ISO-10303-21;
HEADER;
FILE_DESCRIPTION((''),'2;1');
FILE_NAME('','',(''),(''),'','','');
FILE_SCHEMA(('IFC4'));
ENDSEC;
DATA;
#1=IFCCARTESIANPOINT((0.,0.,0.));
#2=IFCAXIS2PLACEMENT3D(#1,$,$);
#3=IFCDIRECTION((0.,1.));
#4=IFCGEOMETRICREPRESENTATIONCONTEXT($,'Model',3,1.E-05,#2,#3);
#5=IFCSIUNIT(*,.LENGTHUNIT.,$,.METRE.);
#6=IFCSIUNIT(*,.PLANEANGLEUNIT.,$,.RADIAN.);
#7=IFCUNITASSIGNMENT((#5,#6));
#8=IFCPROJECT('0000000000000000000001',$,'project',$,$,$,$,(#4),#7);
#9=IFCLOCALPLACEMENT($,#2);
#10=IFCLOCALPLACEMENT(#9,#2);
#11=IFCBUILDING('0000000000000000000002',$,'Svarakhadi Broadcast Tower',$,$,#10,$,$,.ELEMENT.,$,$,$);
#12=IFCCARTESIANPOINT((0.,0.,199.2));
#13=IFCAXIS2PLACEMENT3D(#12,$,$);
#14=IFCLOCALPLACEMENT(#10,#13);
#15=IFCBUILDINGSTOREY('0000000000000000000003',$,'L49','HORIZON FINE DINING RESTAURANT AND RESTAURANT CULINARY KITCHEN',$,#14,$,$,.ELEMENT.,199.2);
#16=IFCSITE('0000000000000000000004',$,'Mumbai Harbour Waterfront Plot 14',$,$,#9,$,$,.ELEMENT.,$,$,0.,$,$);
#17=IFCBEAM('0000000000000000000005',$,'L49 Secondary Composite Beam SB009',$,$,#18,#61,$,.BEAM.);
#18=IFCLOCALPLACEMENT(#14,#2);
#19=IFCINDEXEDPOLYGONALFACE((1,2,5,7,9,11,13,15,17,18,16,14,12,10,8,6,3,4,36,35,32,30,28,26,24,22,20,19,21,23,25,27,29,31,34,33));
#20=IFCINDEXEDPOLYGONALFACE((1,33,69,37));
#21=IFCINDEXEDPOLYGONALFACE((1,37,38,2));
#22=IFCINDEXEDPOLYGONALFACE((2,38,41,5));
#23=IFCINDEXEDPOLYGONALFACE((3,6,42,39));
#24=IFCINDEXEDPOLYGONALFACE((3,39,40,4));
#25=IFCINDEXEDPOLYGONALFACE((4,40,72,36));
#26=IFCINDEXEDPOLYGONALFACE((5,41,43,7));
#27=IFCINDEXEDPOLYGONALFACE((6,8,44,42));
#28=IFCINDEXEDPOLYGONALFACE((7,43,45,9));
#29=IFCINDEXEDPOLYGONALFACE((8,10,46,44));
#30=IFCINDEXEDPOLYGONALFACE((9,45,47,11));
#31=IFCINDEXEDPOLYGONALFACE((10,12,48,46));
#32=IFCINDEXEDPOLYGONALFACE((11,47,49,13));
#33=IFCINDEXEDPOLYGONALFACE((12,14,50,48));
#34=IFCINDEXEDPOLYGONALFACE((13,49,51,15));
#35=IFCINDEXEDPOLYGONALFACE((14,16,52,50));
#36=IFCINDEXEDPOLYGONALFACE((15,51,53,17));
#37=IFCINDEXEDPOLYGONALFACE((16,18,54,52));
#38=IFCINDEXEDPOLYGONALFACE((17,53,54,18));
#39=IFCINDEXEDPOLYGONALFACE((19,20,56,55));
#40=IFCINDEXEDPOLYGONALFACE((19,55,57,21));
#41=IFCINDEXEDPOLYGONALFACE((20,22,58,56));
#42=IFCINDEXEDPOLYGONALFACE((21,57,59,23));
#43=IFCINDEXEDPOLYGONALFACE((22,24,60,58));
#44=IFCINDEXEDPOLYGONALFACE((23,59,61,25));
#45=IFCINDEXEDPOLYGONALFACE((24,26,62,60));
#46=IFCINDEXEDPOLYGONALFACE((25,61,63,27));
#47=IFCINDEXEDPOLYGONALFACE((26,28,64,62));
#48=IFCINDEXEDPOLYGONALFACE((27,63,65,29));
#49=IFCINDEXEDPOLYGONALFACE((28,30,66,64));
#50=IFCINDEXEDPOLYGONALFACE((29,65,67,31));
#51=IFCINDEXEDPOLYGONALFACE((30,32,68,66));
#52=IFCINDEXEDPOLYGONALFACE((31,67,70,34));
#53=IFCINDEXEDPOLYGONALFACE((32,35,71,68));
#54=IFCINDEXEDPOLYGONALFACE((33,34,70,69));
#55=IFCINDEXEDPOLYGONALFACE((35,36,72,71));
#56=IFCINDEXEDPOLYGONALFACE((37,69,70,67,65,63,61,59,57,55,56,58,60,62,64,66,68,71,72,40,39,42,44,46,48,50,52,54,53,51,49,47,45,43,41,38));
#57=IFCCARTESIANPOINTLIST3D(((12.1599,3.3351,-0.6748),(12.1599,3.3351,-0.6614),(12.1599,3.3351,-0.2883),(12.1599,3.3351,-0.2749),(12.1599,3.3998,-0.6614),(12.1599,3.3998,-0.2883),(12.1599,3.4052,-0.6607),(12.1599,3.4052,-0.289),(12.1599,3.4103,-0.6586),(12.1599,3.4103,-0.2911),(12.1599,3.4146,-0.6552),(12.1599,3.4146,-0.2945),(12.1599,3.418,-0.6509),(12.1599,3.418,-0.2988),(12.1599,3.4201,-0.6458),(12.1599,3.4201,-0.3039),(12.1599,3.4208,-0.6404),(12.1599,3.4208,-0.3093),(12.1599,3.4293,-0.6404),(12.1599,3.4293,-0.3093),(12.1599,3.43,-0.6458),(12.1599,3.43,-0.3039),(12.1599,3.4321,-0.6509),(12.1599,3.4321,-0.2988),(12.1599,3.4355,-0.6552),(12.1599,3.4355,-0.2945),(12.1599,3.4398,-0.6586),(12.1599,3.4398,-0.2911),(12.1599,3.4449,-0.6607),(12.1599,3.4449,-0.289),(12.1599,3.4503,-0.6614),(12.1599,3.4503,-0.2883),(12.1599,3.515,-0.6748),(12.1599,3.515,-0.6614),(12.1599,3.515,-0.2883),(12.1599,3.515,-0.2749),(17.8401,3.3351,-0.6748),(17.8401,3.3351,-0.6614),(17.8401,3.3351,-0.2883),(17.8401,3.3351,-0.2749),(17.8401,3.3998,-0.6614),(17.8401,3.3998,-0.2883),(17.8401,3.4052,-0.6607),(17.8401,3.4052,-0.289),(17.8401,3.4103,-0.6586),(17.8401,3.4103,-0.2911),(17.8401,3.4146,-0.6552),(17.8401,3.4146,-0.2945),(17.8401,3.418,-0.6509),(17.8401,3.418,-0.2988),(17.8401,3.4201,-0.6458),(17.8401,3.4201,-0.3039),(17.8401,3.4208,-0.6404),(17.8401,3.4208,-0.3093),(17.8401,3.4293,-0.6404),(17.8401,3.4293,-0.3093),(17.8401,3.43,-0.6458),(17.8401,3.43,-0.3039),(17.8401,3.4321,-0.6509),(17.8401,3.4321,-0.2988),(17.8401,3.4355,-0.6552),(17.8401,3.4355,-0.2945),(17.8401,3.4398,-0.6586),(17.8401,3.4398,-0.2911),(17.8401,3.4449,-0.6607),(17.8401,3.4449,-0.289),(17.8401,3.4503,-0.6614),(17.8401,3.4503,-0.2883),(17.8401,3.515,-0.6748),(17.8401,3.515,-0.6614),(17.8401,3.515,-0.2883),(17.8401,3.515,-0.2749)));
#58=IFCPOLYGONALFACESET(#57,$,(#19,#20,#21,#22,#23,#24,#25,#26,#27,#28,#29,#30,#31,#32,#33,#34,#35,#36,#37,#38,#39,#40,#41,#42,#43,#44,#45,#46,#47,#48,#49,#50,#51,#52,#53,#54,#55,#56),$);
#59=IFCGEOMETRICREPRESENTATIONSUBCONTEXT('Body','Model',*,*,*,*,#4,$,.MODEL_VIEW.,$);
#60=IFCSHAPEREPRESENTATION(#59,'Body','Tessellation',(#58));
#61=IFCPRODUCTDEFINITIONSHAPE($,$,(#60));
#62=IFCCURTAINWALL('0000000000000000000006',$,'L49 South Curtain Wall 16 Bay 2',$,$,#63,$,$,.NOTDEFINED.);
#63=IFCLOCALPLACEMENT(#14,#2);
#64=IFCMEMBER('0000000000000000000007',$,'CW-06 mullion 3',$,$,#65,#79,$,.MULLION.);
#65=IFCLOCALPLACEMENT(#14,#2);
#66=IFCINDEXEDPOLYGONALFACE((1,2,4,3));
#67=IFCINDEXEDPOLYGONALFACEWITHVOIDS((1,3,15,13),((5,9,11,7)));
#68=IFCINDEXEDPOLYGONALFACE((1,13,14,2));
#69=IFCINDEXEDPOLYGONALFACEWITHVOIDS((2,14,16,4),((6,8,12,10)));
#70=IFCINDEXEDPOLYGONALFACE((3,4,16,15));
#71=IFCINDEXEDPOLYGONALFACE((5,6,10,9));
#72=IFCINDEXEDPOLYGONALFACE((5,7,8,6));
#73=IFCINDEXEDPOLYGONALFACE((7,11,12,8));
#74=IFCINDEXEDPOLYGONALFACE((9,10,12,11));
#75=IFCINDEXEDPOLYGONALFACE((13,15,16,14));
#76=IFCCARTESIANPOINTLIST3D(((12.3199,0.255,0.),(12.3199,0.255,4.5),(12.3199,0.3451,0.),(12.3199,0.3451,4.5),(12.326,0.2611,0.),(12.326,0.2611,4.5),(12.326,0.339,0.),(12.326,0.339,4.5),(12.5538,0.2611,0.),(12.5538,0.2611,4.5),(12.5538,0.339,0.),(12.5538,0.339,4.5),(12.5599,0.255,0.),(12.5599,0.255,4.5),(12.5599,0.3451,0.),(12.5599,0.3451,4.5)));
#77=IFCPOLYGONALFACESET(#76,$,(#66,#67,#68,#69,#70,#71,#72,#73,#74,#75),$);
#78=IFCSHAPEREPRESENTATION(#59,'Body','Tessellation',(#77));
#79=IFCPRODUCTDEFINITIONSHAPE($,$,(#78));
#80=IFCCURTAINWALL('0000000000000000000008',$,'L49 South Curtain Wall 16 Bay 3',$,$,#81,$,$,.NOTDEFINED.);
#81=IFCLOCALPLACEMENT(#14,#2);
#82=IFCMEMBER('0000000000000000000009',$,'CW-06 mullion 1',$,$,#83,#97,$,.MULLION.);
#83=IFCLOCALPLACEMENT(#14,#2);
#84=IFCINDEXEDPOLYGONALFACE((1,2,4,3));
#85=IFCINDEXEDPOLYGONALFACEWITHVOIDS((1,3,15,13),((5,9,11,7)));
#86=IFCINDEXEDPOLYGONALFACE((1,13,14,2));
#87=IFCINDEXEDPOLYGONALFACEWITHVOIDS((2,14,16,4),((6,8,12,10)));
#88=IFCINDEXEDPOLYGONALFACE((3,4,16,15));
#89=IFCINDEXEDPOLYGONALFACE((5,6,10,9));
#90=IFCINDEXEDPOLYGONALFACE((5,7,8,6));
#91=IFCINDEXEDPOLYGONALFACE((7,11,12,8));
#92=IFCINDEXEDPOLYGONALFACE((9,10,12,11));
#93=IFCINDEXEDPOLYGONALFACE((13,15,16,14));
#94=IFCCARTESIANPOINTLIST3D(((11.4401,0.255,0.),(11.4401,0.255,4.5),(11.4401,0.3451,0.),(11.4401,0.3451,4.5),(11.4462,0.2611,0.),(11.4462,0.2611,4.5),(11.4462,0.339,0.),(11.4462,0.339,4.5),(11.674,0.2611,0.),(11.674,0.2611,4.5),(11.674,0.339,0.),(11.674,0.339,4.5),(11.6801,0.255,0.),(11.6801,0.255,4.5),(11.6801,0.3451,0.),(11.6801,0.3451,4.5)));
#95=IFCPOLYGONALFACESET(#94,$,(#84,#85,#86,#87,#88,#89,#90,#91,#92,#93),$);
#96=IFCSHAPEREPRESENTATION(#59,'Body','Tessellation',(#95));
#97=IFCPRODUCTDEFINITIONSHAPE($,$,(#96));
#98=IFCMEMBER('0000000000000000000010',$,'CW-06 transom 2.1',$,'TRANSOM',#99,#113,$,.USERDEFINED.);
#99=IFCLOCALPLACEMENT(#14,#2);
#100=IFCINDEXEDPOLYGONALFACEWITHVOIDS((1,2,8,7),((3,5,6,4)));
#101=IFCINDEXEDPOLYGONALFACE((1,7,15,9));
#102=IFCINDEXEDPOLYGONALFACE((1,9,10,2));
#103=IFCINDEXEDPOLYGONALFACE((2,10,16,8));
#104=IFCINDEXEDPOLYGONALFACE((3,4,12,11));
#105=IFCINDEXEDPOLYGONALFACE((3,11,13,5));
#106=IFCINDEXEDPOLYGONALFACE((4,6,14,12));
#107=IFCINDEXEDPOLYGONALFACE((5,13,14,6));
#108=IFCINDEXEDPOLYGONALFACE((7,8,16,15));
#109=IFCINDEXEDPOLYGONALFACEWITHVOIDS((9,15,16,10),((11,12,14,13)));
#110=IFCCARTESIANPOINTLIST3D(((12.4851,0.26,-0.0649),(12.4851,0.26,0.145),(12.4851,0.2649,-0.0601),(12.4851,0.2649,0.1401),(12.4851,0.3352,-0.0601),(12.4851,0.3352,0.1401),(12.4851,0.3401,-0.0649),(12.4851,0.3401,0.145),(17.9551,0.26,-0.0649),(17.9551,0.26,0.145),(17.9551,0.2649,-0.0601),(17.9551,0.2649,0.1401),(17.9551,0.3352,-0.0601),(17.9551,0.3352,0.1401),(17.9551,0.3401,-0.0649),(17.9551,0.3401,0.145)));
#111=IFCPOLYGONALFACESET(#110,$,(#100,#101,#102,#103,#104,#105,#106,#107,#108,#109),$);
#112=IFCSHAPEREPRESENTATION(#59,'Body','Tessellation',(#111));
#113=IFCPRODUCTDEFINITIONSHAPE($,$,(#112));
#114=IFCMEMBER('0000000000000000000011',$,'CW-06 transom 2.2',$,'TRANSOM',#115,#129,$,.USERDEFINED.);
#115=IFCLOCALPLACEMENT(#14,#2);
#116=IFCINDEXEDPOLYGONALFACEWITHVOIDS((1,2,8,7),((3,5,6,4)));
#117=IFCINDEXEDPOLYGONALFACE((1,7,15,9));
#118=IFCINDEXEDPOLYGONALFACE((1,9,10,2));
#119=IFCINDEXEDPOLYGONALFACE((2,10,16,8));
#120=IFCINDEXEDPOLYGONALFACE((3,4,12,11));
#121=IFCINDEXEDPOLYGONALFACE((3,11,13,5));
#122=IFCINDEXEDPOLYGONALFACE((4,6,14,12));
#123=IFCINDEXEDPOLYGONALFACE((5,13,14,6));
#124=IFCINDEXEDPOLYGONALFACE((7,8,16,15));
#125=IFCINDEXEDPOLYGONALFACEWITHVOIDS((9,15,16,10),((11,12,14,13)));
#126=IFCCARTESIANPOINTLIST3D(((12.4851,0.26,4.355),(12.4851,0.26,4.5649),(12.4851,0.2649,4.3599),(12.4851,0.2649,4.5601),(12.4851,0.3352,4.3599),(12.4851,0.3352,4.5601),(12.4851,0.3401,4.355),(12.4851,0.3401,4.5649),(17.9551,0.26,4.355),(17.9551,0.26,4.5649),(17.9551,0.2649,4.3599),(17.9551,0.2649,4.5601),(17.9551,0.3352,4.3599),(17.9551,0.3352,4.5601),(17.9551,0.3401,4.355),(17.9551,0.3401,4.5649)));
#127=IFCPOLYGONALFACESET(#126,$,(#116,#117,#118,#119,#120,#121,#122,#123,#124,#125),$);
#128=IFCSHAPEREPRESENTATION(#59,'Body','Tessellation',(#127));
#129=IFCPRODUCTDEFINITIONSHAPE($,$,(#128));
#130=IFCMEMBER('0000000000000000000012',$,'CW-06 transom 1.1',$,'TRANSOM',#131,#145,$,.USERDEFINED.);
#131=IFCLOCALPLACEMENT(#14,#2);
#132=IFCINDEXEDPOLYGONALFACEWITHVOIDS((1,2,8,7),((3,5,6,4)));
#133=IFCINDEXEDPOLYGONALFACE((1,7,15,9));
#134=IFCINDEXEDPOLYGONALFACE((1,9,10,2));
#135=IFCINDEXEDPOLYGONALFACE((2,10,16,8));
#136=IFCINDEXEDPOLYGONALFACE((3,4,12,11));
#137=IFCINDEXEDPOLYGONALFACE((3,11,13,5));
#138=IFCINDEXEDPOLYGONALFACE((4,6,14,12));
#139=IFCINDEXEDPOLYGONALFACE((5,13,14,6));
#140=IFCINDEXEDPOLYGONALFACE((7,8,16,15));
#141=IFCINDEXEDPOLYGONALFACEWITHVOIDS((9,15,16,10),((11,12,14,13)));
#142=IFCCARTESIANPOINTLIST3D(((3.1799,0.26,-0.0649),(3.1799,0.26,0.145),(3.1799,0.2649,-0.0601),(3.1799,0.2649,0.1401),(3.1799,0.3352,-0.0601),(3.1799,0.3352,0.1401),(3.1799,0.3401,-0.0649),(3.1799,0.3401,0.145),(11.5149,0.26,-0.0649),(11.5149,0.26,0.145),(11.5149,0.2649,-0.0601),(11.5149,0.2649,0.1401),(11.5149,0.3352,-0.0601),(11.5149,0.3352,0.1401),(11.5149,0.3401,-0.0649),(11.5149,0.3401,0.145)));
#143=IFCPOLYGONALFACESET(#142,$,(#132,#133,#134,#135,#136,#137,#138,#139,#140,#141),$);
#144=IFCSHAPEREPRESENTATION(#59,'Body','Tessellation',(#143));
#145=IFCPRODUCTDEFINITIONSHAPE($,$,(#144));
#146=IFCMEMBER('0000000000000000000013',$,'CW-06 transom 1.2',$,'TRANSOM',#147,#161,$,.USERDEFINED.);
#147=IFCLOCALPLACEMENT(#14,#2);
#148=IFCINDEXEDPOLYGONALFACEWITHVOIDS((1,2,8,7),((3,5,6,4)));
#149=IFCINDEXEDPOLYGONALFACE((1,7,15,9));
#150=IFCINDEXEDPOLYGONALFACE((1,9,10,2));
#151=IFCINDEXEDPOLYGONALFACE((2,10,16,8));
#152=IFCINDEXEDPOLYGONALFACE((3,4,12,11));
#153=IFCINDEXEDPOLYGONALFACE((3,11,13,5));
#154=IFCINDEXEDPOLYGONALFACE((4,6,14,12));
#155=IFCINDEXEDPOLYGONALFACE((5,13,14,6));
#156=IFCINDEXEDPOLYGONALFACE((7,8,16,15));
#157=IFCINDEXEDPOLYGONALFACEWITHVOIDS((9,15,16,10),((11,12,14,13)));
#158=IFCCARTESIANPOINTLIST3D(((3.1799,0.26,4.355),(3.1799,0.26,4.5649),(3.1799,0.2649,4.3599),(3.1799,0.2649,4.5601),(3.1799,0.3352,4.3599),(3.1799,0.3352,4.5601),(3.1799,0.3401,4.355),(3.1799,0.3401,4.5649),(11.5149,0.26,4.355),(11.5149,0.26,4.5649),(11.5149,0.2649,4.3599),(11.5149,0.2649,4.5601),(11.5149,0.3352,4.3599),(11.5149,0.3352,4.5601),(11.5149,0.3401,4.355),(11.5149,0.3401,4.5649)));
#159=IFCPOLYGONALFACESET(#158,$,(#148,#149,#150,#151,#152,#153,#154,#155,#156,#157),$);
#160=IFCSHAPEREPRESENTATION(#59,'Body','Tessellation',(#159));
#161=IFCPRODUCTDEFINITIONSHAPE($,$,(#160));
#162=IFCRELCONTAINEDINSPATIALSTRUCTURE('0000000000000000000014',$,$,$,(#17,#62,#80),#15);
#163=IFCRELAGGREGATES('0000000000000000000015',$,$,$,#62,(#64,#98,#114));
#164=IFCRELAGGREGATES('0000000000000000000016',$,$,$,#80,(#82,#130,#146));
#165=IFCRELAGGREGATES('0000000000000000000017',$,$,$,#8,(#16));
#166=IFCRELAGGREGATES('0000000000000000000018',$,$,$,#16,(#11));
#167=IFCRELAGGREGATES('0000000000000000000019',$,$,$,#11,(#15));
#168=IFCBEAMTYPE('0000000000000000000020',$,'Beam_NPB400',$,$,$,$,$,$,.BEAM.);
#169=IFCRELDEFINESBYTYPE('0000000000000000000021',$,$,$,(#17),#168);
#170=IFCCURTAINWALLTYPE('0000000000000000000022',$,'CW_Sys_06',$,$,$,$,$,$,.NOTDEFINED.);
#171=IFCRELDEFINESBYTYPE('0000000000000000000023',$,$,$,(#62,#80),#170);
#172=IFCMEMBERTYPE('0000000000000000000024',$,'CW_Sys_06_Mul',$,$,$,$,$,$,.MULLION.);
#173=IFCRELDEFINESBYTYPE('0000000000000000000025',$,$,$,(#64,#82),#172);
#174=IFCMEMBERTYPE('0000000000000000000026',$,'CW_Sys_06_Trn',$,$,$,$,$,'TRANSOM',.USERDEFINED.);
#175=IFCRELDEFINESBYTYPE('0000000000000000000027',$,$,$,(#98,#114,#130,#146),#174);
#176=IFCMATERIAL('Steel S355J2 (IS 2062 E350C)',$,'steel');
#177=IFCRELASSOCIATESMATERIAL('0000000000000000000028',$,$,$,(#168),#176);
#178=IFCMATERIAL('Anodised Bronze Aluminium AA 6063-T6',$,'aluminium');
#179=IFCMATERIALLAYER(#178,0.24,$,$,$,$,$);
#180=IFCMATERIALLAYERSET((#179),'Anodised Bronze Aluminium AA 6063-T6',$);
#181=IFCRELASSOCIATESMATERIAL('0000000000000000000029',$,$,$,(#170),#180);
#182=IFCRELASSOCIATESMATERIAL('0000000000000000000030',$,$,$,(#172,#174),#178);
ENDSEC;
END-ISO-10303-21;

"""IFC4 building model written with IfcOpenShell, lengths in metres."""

from ifc_helpers import new_model, si_unit, direction, frame, origin, origin_2d, place, context, subcontext, project, spatial, hollow_rectangle, i_section, extrude, material, layer, layer_set, material_profile, profile_set, type_object, element, aggregate, save


model = new_model("IFC4")

# Units and contexts
model_context = context("Model", 3, precision=1e-05, world=origin(), true_north=direction((0.0, 1.0)))
body_context = subcontext(model_context, "Body", "Model", "MODEL_VIEW")
ifc_project = project(units=[si_unit("LENGTHUNIT", "METRE"), si_unit("PLANEANGLEUNIT", "RADIAN")], contexts=[model_context])

# Site, building, storey
site_placement = place(None, origin())
site = spatial("IfcSite", under=ifc_project, at=site_placement, Name="Mumbai Harbour Waterfront Plot 14", CompositionType="ELEMENT", RefElevation=0.0)
building_placement = place(site_placement, origin())
building = spatial("IfcBuilding", under=site, at=building_placement, Name="Svarakhadi Broadcast Tower", CompositionType="ELEMENT")
storey_placement = place(building_placement, frame((0.0, 0.0, 199.2)))
storey = spatial("IfcBuildingStorey", under=building, at=storey_placement, Name="L49", Description="HORIZON FINE DINING RESTAURANT AND RESTAURANT CULINARY KITCHEN", CompositionType="ELEMENT", Elevation=199.2)

# Beam
ifc_material_1 = material(Name="Steel S355J2 (IS 2062 E350C)", Category="steel")
ifc_material_profile_1 = material_profile(ifc_material_1, i_section(OverallWidth=0.1799, OverallDepth=0.3999, WebThickness=0.0085, FlangeThickness=0.0134, FilletRadius=0.021, at=origin_2d()), Name="NPB 400x180x66")
ifc_profile_set_1 = profile_set([ifc_material_profile_1], Name="Steel S355J2 (IS 2062 E350C)")
beam_type_1 = type_object("IfcBeamType", Name="Beam_NPB400", PredefinedType="BEAM", material=ifc_profile_set_1)
for number, where, z_axis, x_axis, name in (
    (1, (12.1599, 3.425, -0.4749), (1.0, 0.0, 0.0), (0.0, 1.0, 0.0), "L49 Secondary Composite Beam SB009"),
):
    element("IfcBeam", number, at=place(storey_placement, frame(where, z_axis=z_axis, x_axis=x_axis)), inside=storey, type_object=beam_type_1, Name=name, PredefinedType="BEAM", context=body_context, shape_type="SweptSolid", body=[
        extrude(i_section(OverallWidth=0.1799, OverallDepth=0.3999, WebThickness=0.0085, FlangeThickness=0.0134, FilletRadius=0.021, at=origin_2d()), origin(), (0.0, 0.0, 1.0), 5.6802),
    ])

# Curtain walls, members
ifc_material_2 = material(Name="Anodised Bronze Aluminium AA 6063-T6", Category="aluminium")
ifc_layer_1 = layer(ifc_material_2, 0.24)
ifc_layer_set_1 = layer_set([ifc_layer_1], Name="Anodised Bronze Aluminium AA 6063-T6")
curtain_wall_type = type_object("IfcCurtainWallType", Name="CW_Sys_06", PredefinedType="NOTDEFINED", material=ifc_layer_set_1)
curtain_wall_1_placement = place(storey_placement, origin())
curtain_wall_1 = element("IfcCurtainWall", 2, at=curtain_wall_1_placement, inside=storey, type_object=curtain_wall_type, Name="L49 South Curtain Wall 16 Bay 2", PredefinedType="NOTDEFINED")
ifc_material_profile_2 = material_profile(ifc_material_2, hollow_rectangle(XDim=0.0901, YDim=0.24, WallThickness=0.0061, at=origin_2d()), Name="ALU MULLION 240x90x6")
ifc_profile_set_2 = profile_set([ifc_material_profile_2], Name="Anodised Bronze Aluminium AA 6063-T6")
member_type_1 = type_object("IfcMemberType", Name="CW_Sys_06_Mul", PredefinedType="MULLION", material=ifc_profile_set_2)
member_1_placement = place(storey_placement, frame((12.4399, 0.3, 0.0), z_axis=(0.0, 0.0, 1.0), x_axis=(0.0, -1.0, 0.0)))
member_1 = element("IfcMember", 3, at=member_1_placement, type_object=member_type_1, Name="CW-06 mullion 3", PredefinedType="MULLION", context=body_context, shape_type="SweptSolid", body=[
    extrude(hollow_rectangle(XDim=0.0901, YDim=0.24, WallThickness=0.0061, at=origin_2d()), origin(), (0.0, 0.0, 1.0), 4.5),
])
curtain_wall_2_placement = place(storey_placement, origin())
curtain_wall_2 = element("IfcCurtainWall", 4, at=curtain_wall_2_placement, inside=storey, type_object=curtain_wall_type, Name="L49 South Curtain Wall 16 Bay 3", PredefinedType="NOTDEFINED")
member_2_placement = place(storey_placement, frame((11.5601, 0.3, 0.0), z_axis=(0.0, 0.0, 1.0), x_axis=(0.0, -1.0, 0.0)))
member_2 = element("IfcMember", 5, at=member_2_placement, type_object=member_type_1, Name="CW-06 mullion 1", PredefinedType="MULLION", context=body_context, shape_type="SweptSolid", body=[
    extrude(hollow_rectangle(XDim=0.0901, YDim=0.24, WallThickness=0.0061, at=origin_2d()), origin(), (0.0, 0.0, 1.0), 4.5),
])

# Members
ifc_material_profile_3 = material_profile(ifc_material_2, hollow_rectangle(XDim=0.0801, YDim=0.21, WallThickness=0.0049, at=origin_2d()), Name="ALU TRANSOM 210x80x5")
ifc_profile_set_3 = profile_set([ifc_material_profile_3], Name="Anodised Bronze Aluminium AA 6063-T6")
member_type_2 = type_object("IfcMemberType", Name="CW_Sys_06_Trn", ElementType="TRANSOM", PredefinedType="USERDEFINED", material=ifc_profile_set_3)
member_3_placement = place(storey_placement, frame((17.9551, 0.3, 0.04), z_axis=(-1.0, 0.0, 0.0), x_axis=(0.0, -1.0, 0.0)))
member_3 = element("IfcMember", 6, at=member_3_placement, type_object=member_type_2, Name="CW-06 transom 2.1", ObjectType="TRANSOM", PredefinedType="USERDEFINED", context=body_context, shape_type="SweptSolid", body=[
    extrude(hollow_rectangle(XDim=0.0801, YDim=0.21, WallThickness=0.0049, at=origin_2d()), origin(), (0.0, 0.0, 1.0), 5.47),
])
member_4_placement = place(storey_placement, frame((17.9551, 0.3, 4.46), z_axis=(-1.0, 0.0, 0.0), x_axis=(0.0, -1.0, 0.0)))
member_4 = element("IfcMember", 7, at=member_4_placement, type_object=member_type_2, Name="CW-06 transom 2.2", ObjectType="TRANSOM", PredefinedType="USERDEFINED", context=body_context, shape_type="SweptSolid", body=[
    extrude(hollow_rectangle(XDim=0.0801, YDim=0.21, WallThickness=0.0049, at=origin_2d()), origin(), (0.0, 0.0, 1.0), 5.47),
])
member_5_placement = place(storey_placement, frame((11.5149, 0.3, 0.04), z_axis=(-1.0, 0.0, 0.0), x_axis=(0.0, -1.0, 0.0)))
member_5 = element("IfcMember", 8, at=member_5_placement, type_object=member_type_2, Name="CW-06 transom 1.1", ObjectType="TRANSOM", PredefinedType="USERDEFINED", context=body_context, shape_type="SweptSolid", body=[
    extrude(hollow_rectangle(XDim=0.0801, YDim=0.21, WallThickness=0.0049, at=origin_2d()), origin(), (0.0, 0.0, 1.0), 8.335),
])
member_6_placement = place(storey_placement, frame((11.5149, 0.3, 4.46), z_axis=(-1.0, 0.0, 0.0), x_axis=(0.0, -1.0, 0.0)))
member_6 = element("IfcMember", 9, at=member_6_placement, type_object=member_type_2, Name="CW-06 transom 1.2", ObjectType="TRANSOM", PredefinedType="USERDEFINED", context=body_context, shape_type="SweptSolid", body=[
    extrude(hollow_rectangle(XDim=0.0801, YDim=0.21, WallThickness=0.0049, at=origin_2d()), origin(), (0.0, 0.0, 1.0), 8.335),
])

aggregate(curtain_wall_1, [member_1, member_3, member_4])
aggregate(curtain_wall_2, [member_2, member_5, member_6])

save(model, "model.ifc")
